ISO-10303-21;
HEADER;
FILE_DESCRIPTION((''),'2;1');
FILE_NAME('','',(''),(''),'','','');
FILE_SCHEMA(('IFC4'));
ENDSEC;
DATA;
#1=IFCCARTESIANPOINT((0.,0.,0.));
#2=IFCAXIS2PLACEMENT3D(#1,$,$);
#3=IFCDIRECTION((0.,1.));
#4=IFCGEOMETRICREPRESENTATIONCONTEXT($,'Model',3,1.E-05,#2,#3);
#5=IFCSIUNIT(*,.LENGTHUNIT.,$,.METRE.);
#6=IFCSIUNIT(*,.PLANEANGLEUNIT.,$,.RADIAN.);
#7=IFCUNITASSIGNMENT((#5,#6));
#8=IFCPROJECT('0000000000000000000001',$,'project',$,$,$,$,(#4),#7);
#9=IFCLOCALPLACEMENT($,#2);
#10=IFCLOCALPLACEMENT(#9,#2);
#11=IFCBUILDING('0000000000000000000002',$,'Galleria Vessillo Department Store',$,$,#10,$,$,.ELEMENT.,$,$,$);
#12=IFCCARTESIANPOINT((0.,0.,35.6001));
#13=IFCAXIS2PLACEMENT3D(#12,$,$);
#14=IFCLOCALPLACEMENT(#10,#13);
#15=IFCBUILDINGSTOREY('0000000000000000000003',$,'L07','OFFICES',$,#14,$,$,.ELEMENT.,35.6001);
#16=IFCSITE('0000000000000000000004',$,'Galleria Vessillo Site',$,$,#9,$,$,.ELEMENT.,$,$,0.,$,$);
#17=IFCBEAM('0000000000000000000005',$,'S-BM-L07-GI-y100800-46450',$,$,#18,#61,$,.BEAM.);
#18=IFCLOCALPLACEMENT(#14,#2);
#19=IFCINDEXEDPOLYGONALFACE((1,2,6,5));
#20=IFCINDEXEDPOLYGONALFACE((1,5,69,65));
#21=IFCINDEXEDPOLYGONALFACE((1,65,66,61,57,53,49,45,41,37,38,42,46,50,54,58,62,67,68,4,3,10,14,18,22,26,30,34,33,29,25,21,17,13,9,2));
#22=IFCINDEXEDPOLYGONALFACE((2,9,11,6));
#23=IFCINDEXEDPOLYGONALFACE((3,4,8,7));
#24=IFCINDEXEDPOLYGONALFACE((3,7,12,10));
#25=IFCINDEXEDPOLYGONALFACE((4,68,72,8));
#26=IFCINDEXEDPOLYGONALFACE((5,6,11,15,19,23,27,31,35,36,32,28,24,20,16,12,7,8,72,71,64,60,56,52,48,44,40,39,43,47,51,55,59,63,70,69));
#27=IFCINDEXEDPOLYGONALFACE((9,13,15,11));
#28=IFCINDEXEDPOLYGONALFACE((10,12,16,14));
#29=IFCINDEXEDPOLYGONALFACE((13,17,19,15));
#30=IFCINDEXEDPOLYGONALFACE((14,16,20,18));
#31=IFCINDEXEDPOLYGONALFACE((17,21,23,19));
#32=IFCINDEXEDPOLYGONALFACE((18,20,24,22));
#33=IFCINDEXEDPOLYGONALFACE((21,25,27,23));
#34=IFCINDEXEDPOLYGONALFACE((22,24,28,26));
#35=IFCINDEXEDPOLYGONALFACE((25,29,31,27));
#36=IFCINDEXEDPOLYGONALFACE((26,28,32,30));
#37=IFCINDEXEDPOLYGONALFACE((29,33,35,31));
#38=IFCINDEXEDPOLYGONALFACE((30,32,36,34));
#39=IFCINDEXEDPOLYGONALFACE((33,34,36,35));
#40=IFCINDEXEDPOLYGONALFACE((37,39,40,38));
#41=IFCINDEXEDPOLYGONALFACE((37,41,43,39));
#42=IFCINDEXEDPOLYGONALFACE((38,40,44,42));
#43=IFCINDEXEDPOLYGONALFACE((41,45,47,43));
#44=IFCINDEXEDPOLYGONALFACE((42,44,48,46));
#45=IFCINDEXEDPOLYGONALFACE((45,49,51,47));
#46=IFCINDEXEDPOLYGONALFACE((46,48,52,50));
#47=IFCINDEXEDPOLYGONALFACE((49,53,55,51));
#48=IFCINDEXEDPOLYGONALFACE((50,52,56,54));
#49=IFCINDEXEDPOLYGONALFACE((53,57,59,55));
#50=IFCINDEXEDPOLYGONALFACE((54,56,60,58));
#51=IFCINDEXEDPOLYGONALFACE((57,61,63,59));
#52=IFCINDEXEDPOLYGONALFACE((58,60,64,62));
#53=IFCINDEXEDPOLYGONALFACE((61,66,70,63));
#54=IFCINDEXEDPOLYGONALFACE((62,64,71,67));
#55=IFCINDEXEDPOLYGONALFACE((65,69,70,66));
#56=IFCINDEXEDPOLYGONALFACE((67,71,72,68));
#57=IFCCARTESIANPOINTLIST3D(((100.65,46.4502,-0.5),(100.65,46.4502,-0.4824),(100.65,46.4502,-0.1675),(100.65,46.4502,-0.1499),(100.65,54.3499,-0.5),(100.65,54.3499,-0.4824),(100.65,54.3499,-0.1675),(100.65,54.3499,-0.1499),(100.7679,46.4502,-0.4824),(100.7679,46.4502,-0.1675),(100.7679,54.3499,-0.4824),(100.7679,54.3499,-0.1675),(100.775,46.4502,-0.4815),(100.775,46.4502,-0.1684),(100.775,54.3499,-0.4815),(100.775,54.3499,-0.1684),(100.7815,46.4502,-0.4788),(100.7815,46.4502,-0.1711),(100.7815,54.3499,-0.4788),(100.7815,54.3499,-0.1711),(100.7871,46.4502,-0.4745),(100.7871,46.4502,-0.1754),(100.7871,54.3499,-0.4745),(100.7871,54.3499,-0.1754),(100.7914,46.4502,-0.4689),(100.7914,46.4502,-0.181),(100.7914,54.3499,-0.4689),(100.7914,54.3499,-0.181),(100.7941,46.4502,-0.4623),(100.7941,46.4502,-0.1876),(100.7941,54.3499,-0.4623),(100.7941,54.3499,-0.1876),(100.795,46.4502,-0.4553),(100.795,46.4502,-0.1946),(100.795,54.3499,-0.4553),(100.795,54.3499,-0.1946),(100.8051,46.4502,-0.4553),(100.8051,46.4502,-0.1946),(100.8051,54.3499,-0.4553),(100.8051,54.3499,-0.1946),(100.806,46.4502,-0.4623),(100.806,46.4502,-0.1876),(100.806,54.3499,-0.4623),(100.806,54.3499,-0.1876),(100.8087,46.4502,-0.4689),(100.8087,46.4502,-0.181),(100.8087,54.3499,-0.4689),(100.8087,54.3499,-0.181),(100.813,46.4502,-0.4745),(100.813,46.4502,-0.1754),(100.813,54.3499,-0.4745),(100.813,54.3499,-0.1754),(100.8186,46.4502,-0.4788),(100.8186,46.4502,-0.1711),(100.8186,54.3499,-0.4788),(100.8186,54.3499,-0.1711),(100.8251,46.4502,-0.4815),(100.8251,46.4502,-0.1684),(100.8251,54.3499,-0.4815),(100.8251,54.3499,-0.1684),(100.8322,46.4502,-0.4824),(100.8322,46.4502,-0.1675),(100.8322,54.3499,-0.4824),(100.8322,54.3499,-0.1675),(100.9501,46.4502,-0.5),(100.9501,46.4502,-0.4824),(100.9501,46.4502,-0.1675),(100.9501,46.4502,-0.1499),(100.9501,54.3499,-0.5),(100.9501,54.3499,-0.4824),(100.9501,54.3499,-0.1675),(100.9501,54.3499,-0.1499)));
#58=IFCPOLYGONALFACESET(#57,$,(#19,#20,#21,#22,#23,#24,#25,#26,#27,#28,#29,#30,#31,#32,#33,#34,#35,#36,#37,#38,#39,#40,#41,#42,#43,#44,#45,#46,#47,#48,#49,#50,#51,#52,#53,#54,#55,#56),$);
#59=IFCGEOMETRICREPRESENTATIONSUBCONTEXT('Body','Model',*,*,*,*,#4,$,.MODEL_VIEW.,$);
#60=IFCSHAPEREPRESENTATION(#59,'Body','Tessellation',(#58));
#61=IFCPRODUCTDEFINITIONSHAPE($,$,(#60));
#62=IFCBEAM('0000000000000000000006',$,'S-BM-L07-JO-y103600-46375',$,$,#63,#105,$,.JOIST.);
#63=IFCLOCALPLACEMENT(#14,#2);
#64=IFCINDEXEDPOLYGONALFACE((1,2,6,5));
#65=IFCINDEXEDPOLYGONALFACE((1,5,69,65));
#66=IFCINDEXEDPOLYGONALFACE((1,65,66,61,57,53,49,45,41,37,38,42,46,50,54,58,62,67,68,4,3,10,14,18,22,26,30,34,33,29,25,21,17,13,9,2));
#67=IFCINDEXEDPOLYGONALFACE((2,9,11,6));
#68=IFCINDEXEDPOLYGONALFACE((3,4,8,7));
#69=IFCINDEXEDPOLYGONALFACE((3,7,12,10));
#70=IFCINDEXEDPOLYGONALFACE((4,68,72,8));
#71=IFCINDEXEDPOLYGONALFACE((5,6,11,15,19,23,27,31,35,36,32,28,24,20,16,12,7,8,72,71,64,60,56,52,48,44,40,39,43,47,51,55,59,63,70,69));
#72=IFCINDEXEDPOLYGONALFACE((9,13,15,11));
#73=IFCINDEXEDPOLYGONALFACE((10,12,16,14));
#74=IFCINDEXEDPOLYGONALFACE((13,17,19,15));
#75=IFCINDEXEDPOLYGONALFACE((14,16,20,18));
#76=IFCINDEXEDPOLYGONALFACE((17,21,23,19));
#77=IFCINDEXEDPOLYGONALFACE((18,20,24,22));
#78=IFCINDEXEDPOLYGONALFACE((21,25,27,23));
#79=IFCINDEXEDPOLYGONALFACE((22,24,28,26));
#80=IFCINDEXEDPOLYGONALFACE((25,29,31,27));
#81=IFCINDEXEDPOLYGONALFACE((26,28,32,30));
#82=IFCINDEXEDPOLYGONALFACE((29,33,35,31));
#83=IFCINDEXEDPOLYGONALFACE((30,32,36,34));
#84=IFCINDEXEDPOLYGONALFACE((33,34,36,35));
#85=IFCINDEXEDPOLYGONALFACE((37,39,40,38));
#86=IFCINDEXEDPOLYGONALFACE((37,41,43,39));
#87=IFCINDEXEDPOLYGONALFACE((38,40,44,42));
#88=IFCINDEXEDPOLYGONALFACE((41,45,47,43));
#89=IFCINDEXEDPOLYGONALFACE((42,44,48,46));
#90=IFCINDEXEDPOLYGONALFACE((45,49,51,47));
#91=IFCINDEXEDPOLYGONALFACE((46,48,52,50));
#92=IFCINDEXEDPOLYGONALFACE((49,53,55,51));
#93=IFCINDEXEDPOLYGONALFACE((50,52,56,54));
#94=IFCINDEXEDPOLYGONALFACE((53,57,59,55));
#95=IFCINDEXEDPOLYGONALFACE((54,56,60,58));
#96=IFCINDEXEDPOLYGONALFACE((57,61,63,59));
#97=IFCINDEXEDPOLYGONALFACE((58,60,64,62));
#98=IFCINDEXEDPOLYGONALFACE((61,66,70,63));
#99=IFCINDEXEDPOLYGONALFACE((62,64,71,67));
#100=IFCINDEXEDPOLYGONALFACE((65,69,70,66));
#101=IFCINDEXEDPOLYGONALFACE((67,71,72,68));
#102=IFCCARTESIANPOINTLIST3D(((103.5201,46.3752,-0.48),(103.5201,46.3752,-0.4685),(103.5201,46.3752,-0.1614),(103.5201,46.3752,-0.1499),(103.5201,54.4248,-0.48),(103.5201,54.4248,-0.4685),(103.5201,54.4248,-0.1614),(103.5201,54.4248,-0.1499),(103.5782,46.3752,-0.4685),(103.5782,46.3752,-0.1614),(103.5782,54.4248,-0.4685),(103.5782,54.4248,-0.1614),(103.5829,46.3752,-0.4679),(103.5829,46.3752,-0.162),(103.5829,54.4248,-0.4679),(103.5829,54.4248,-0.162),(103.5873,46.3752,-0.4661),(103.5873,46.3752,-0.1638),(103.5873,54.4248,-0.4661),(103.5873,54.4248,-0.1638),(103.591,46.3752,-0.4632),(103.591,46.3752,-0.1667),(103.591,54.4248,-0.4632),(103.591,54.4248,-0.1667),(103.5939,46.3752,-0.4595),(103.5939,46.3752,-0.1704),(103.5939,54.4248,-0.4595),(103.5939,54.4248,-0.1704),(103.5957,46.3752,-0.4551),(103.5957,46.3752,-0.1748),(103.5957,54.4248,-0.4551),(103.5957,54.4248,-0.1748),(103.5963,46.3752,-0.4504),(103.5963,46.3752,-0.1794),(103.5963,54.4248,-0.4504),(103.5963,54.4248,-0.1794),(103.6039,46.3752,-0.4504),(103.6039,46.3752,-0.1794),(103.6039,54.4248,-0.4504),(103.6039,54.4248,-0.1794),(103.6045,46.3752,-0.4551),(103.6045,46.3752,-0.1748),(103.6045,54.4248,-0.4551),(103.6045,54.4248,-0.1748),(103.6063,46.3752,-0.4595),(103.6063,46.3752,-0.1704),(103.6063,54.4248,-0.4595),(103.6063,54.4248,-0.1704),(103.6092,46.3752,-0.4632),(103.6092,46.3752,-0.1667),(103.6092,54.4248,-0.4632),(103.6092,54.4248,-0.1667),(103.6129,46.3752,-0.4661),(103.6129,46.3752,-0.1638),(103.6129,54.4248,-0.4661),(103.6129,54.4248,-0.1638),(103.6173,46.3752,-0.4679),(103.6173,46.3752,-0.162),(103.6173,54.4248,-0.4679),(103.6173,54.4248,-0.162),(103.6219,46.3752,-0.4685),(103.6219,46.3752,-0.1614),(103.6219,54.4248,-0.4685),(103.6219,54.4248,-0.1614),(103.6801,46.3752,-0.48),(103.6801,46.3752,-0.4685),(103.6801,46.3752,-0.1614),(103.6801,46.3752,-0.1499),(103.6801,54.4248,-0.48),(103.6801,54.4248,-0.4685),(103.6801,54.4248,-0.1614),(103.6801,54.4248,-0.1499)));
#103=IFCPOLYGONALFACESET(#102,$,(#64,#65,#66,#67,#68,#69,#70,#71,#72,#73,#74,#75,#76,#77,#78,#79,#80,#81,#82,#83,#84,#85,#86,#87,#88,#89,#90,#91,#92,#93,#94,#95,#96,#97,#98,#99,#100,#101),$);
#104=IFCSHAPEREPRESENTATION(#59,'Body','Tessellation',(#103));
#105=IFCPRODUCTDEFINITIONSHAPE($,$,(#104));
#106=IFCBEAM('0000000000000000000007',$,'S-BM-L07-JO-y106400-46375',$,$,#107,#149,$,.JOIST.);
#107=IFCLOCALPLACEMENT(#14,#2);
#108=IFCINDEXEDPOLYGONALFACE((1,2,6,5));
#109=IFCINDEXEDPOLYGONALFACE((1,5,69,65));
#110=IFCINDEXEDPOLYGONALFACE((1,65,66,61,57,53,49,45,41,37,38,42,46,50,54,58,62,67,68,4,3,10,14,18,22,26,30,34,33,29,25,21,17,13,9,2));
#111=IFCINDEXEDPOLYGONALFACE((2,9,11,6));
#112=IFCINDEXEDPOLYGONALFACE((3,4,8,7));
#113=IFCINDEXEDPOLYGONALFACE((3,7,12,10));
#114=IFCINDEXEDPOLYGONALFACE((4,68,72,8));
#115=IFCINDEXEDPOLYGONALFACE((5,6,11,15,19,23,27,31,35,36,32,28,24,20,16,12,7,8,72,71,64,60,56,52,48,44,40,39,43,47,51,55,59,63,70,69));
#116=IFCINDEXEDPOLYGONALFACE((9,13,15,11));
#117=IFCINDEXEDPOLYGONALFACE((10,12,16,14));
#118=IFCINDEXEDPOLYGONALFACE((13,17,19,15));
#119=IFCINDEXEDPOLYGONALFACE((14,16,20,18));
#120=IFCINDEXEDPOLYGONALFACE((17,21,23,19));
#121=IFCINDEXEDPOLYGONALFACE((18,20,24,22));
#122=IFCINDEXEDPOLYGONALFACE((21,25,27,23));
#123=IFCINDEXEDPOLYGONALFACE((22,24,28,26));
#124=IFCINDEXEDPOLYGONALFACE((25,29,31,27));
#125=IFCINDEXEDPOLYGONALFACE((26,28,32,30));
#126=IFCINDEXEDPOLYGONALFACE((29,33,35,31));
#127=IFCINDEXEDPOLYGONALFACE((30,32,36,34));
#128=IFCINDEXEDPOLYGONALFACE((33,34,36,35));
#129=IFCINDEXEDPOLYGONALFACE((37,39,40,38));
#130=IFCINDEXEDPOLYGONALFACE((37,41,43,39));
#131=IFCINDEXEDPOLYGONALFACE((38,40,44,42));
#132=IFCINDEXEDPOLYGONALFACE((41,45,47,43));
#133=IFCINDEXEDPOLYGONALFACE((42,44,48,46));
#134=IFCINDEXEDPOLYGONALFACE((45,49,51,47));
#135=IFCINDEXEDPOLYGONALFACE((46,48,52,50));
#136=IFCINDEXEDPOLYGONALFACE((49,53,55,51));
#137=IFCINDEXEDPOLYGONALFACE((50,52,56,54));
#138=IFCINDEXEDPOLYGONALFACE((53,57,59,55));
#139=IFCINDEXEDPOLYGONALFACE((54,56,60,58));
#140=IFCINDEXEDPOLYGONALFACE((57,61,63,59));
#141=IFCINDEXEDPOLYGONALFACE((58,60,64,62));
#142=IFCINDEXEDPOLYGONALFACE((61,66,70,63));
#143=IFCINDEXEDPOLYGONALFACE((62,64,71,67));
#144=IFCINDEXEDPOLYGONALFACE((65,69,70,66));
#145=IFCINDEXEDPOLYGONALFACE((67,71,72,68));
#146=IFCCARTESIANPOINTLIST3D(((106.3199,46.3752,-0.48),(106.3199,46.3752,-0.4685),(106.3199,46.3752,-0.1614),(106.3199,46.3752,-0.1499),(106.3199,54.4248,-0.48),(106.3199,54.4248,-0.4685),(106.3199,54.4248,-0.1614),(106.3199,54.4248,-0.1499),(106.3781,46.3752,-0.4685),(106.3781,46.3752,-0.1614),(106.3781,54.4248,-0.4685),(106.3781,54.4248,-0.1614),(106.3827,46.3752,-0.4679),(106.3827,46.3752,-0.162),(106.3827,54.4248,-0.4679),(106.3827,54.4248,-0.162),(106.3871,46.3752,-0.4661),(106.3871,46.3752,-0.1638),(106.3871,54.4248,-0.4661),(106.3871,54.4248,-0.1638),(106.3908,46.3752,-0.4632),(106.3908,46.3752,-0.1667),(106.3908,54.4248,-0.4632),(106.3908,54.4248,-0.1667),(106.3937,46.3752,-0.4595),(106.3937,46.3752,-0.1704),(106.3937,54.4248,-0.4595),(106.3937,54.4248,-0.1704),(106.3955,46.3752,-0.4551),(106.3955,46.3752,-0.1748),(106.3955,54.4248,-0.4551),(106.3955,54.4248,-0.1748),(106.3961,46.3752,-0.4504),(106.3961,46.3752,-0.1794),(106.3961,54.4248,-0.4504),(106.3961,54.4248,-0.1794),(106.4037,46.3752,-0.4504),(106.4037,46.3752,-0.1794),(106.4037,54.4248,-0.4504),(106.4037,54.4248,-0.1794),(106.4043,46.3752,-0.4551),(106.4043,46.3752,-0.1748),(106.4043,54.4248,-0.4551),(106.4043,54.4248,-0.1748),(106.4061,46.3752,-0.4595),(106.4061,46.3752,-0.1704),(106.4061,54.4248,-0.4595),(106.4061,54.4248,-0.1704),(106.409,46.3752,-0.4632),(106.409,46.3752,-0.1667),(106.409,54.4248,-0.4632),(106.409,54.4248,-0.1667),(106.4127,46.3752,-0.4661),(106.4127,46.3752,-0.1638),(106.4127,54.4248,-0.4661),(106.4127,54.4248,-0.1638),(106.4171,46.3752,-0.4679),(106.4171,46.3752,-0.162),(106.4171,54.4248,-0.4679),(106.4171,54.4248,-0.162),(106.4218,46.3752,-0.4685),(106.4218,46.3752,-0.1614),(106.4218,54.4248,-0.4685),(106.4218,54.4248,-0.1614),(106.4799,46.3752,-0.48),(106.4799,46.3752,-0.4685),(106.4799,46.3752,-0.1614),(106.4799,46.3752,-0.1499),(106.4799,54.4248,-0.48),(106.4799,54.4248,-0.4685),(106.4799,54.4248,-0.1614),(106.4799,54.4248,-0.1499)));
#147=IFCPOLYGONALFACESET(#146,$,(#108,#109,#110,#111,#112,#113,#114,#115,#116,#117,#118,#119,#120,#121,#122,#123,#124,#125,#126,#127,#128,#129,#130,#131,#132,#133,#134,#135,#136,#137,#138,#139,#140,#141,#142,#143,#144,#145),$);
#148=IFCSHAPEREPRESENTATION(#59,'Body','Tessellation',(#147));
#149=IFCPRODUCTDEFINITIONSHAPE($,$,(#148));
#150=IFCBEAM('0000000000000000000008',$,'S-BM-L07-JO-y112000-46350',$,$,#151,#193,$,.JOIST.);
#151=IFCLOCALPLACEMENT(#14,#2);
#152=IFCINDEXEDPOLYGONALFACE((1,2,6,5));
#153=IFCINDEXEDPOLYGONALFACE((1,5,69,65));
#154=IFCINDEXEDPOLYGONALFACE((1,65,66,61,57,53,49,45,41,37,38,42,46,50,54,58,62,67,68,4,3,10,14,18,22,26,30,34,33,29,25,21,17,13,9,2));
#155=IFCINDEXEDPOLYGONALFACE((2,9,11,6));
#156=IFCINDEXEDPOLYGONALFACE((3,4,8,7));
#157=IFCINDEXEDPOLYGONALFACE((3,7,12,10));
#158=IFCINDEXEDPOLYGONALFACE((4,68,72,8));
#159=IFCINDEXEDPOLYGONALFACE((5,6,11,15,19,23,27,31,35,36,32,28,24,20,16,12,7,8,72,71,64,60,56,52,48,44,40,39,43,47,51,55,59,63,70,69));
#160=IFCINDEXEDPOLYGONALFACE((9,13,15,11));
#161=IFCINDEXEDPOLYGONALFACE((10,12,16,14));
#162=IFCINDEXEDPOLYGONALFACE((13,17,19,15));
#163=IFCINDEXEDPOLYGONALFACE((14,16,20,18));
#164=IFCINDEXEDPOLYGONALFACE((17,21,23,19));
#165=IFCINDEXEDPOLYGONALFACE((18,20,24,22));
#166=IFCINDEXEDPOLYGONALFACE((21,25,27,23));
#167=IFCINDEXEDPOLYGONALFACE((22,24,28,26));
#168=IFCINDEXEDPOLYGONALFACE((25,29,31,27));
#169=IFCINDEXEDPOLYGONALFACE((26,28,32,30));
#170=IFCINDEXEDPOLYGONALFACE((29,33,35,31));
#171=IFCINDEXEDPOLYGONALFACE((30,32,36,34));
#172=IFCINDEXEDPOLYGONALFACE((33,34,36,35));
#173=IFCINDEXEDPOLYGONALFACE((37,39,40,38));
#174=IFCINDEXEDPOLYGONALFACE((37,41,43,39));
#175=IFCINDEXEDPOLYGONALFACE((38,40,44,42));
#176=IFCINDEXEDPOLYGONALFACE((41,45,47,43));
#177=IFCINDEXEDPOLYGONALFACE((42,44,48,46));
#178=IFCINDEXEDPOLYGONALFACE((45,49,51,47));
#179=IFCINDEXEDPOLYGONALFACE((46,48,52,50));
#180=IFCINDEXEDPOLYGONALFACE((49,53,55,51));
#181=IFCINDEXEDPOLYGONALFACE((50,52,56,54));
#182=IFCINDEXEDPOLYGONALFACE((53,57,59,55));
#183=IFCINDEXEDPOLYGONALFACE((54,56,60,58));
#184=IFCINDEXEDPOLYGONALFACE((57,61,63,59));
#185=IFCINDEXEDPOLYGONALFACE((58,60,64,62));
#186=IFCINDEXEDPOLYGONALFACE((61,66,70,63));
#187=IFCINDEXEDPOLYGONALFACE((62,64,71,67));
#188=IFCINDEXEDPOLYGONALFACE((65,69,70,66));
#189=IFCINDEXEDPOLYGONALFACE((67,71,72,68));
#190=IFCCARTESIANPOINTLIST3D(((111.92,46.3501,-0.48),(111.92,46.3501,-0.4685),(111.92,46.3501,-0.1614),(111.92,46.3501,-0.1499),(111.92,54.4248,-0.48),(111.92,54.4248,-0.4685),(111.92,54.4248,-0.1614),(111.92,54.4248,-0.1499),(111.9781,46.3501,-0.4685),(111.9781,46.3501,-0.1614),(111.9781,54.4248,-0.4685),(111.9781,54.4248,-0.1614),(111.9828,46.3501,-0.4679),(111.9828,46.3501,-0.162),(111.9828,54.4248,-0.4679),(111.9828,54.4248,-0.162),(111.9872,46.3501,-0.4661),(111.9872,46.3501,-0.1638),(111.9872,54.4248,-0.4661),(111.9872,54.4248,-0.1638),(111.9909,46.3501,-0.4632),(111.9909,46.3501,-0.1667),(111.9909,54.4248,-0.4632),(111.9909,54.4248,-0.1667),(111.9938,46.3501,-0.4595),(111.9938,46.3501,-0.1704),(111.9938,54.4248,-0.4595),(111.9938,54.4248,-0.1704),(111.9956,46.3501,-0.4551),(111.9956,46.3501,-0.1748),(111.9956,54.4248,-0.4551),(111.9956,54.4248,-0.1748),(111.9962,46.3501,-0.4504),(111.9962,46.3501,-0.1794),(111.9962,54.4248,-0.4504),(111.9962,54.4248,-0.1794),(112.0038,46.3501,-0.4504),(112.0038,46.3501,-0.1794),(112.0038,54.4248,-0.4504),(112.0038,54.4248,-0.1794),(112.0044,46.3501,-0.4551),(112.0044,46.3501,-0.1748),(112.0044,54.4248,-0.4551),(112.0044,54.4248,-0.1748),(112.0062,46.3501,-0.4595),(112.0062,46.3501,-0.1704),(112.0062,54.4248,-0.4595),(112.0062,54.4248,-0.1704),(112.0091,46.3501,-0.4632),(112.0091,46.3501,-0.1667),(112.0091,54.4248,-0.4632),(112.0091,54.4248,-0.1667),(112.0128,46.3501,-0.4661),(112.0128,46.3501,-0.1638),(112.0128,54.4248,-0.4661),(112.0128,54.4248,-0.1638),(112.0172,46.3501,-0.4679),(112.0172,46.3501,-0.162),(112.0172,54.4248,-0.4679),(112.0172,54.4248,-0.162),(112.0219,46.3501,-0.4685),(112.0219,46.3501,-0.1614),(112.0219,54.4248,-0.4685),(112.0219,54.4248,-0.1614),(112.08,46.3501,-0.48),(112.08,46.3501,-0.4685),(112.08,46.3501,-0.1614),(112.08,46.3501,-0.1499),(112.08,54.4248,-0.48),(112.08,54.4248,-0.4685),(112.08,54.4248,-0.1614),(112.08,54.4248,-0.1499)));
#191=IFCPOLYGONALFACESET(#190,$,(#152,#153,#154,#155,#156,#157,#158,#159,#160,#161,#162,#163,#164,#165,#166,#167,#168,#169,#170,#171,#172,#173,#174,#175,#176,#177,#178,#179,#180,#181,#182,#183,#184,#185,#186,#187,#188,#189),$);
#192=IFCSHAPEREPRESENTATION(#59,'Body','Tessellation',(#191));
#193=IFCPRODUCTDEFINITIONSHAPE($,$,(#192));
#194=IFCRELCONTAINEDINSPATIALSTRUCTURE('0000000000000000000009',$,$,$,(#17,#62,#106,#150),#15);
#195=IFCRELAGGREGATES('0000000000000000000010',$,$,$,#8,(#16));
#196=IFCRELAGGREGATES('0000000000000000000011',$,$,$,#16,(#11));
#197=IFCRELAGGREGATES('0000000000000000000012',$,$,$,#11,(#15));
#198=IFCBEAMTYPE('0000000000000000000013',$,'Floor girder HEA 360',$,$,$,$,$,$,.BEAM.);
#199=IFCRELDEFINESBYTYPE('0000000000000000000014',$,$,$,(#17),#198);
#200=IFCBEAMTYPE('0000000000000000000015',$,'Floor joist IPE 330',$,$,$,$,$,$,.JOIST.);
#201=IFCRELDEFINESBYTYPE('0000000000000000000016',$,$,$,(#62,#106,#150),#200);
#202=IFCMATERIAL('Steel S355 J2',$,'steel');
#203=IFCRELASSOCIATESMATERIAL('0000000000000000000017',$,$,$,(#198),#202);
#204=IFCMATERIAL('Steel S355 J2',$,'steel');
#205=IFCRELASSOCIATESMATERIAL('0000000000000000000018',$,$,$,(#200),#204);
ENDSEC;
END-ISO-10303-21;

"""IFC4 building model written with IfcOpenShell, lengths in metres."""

from ifc_helpers import new_model, si_unit, direction, frame, origin, origin_2d, place, context, subcontext, project, spatial, i_section, extrude, material, material_profile, profile_set, type_object, element, save


model = new_model("IFC4")

# Units and contexts
model_context = context("Model", 3, precision=1e-05, world=origin(), true_north=direction((0.0, 1.0)))
body_context = subcontext(model_context, "Body", "Model", "MODEL_VIEW")
ifc_project = project(units=[si_unit("LENGTHUNIT", "METRE"), si_unit("PLANEANGLEUNIT", "RADIAN")], contexts=[model_context])

# Site, building, storey
site_placement = place(None, origin())
site = spatial("IfcSite", under=ifc_project, at=site_placement, Name="Galleria Vessillo Site", CompositionType="ELEMENT", RefElevation=0.0)
building_placement = place(site_placement, origin())
building = spatial("IfcBuilding", under=site, at=building_placement, Name="Galleria Vessillo Department Store", CompositionType="ELEMENT")
storey_placement = place(building_placement, frame((0.0, 0.0, 35.6001)))
storey = spatial("IfcBuildingStorey", under=building, at=storey_placement, Name="L07", Description="OFFICES", CompositionType="ELEMENT", Elevation=35.6001)

# Beams
ifc_material_1 = material(Name="Steel S355 J2", Category="steel")
ifc_material_profile_1 = material_profile(ifc_material_1, i_section(OverallWidth=0.3, OverallDepth=0.3501, WebThickness=0.01, FlangeThickness=0.0176, FilletRadius=0.0271, at=origin_2d()), Name="HEA 360")
ifc_profile_set_1 = profile_set([ifc_material_profile_1], Name="Steel S355 J2")
beam_type_1 = type_object("IfcBeamType", Name="Floor girder HEA 360", PredefinedType="BEAM", material=ifc_profile_set_1)
beam_1_placement = place(storey_placement, frame((100.8, 46.4502, -0.325), z_axis=(0.0, 1.0, 0.0), x_axis=(-1.0, 0.0, 0.0)))
element("IfcBeam", 1, at=beam_1_placement, inside=storey, type_object=beam_type_1, Name="S-BM-L07-GI-y100800-46450", PredefinedType="BEAM", context=body_context, shape_type="SweptSolid", body=[
    extrude(i_section(OverallWidth=0.3, OverallDepth=0.3501, WebThickness=0.01, FlangeThickness=0.0176, FilletRadius=0.0271, at=origin_2d()), origin(), (0.0, 0.0, 1.0), 7.8997),
])
ifc_material_2 = material(Name="Steel S355 J2", Category="steel")
ifc_material_profile_2 = material_profile(ifc_material_2, i_section(OverallWidth=0.1599, OverallDepth=0.3301, WebThickness=0.0076, FlangeThickness=0.0115, FilletRadius=0.0181, at=origin_2d()), Name="IPE 330")
ifc_profile_set_2 = profile_set([ifc_material_profile_2], Name="Steel S355 J2")
beam_type_2 = type_object("IfcBeamType", Name="Floor joist IPE 330", PredefinedType="JOIST", material=ifc_profile_set_2)
for number, where, z_axis, x_axis, name in (
    (2, (103.6001, 46.3752, -0.3149), (0.0, 1.0, 0.0), (-1.0, 0.0, 0.0), "S-BM-L07-JO-y103600-46375"),
    (3, (106.3999, 46.3752, -0.3149), (0.0, 1.0, 0.0), (-1.0, 0.0, 0.0), "S-BM-L07-JO-y106400-46375"),
):
    element("IfcBeam", number, at=place(storey_placement, frame(where, z_axis=z_axis, x_axis=x_axis)), inside=storey, type_object=beam_type_2, Name=name, PredefinedType="JOIST", context=body_context, shape_type="SweptSolid", body=[
        extrude(i_section(OverallWidth=0.1599, OverallDepth=0.3301, WebThickness=0.0076, FlangeThickness=0.0115, FilletRadius=0.0181, at=origin_2d()), origin(), (0.0, 0.0, 1.0), 8.0496),
    ])
for number, where, z_axis, x_axis, name in (
    (4, (112.0, 46.3501, -0.3149), (0.0, 1.0, 0.0), (-1.0, 0.0, 0.0), "S-BM-L07-JO-y112000-46350"),
):
    element("IfcBeam", number, at=place(storey_placement, frame(where, z_axis=z_axis, x_axis=x_axis)), inside=storey, type_object=beam_type_2, Name=name, PredefinedType="JOIST", context=body_context, shape_type="SweptSolid", body=[
        extrude(i_section(OverallWidth=0.1599, OverallDepth=0.3301, WebThickness=0.0076, FlangeThickness=0.0115, FilletRadius=0.0181, at=origin_2d()), origin(), (0.0, 0.0, 1.0), 8.0747),
    ])

save(model, "model.ifc")
